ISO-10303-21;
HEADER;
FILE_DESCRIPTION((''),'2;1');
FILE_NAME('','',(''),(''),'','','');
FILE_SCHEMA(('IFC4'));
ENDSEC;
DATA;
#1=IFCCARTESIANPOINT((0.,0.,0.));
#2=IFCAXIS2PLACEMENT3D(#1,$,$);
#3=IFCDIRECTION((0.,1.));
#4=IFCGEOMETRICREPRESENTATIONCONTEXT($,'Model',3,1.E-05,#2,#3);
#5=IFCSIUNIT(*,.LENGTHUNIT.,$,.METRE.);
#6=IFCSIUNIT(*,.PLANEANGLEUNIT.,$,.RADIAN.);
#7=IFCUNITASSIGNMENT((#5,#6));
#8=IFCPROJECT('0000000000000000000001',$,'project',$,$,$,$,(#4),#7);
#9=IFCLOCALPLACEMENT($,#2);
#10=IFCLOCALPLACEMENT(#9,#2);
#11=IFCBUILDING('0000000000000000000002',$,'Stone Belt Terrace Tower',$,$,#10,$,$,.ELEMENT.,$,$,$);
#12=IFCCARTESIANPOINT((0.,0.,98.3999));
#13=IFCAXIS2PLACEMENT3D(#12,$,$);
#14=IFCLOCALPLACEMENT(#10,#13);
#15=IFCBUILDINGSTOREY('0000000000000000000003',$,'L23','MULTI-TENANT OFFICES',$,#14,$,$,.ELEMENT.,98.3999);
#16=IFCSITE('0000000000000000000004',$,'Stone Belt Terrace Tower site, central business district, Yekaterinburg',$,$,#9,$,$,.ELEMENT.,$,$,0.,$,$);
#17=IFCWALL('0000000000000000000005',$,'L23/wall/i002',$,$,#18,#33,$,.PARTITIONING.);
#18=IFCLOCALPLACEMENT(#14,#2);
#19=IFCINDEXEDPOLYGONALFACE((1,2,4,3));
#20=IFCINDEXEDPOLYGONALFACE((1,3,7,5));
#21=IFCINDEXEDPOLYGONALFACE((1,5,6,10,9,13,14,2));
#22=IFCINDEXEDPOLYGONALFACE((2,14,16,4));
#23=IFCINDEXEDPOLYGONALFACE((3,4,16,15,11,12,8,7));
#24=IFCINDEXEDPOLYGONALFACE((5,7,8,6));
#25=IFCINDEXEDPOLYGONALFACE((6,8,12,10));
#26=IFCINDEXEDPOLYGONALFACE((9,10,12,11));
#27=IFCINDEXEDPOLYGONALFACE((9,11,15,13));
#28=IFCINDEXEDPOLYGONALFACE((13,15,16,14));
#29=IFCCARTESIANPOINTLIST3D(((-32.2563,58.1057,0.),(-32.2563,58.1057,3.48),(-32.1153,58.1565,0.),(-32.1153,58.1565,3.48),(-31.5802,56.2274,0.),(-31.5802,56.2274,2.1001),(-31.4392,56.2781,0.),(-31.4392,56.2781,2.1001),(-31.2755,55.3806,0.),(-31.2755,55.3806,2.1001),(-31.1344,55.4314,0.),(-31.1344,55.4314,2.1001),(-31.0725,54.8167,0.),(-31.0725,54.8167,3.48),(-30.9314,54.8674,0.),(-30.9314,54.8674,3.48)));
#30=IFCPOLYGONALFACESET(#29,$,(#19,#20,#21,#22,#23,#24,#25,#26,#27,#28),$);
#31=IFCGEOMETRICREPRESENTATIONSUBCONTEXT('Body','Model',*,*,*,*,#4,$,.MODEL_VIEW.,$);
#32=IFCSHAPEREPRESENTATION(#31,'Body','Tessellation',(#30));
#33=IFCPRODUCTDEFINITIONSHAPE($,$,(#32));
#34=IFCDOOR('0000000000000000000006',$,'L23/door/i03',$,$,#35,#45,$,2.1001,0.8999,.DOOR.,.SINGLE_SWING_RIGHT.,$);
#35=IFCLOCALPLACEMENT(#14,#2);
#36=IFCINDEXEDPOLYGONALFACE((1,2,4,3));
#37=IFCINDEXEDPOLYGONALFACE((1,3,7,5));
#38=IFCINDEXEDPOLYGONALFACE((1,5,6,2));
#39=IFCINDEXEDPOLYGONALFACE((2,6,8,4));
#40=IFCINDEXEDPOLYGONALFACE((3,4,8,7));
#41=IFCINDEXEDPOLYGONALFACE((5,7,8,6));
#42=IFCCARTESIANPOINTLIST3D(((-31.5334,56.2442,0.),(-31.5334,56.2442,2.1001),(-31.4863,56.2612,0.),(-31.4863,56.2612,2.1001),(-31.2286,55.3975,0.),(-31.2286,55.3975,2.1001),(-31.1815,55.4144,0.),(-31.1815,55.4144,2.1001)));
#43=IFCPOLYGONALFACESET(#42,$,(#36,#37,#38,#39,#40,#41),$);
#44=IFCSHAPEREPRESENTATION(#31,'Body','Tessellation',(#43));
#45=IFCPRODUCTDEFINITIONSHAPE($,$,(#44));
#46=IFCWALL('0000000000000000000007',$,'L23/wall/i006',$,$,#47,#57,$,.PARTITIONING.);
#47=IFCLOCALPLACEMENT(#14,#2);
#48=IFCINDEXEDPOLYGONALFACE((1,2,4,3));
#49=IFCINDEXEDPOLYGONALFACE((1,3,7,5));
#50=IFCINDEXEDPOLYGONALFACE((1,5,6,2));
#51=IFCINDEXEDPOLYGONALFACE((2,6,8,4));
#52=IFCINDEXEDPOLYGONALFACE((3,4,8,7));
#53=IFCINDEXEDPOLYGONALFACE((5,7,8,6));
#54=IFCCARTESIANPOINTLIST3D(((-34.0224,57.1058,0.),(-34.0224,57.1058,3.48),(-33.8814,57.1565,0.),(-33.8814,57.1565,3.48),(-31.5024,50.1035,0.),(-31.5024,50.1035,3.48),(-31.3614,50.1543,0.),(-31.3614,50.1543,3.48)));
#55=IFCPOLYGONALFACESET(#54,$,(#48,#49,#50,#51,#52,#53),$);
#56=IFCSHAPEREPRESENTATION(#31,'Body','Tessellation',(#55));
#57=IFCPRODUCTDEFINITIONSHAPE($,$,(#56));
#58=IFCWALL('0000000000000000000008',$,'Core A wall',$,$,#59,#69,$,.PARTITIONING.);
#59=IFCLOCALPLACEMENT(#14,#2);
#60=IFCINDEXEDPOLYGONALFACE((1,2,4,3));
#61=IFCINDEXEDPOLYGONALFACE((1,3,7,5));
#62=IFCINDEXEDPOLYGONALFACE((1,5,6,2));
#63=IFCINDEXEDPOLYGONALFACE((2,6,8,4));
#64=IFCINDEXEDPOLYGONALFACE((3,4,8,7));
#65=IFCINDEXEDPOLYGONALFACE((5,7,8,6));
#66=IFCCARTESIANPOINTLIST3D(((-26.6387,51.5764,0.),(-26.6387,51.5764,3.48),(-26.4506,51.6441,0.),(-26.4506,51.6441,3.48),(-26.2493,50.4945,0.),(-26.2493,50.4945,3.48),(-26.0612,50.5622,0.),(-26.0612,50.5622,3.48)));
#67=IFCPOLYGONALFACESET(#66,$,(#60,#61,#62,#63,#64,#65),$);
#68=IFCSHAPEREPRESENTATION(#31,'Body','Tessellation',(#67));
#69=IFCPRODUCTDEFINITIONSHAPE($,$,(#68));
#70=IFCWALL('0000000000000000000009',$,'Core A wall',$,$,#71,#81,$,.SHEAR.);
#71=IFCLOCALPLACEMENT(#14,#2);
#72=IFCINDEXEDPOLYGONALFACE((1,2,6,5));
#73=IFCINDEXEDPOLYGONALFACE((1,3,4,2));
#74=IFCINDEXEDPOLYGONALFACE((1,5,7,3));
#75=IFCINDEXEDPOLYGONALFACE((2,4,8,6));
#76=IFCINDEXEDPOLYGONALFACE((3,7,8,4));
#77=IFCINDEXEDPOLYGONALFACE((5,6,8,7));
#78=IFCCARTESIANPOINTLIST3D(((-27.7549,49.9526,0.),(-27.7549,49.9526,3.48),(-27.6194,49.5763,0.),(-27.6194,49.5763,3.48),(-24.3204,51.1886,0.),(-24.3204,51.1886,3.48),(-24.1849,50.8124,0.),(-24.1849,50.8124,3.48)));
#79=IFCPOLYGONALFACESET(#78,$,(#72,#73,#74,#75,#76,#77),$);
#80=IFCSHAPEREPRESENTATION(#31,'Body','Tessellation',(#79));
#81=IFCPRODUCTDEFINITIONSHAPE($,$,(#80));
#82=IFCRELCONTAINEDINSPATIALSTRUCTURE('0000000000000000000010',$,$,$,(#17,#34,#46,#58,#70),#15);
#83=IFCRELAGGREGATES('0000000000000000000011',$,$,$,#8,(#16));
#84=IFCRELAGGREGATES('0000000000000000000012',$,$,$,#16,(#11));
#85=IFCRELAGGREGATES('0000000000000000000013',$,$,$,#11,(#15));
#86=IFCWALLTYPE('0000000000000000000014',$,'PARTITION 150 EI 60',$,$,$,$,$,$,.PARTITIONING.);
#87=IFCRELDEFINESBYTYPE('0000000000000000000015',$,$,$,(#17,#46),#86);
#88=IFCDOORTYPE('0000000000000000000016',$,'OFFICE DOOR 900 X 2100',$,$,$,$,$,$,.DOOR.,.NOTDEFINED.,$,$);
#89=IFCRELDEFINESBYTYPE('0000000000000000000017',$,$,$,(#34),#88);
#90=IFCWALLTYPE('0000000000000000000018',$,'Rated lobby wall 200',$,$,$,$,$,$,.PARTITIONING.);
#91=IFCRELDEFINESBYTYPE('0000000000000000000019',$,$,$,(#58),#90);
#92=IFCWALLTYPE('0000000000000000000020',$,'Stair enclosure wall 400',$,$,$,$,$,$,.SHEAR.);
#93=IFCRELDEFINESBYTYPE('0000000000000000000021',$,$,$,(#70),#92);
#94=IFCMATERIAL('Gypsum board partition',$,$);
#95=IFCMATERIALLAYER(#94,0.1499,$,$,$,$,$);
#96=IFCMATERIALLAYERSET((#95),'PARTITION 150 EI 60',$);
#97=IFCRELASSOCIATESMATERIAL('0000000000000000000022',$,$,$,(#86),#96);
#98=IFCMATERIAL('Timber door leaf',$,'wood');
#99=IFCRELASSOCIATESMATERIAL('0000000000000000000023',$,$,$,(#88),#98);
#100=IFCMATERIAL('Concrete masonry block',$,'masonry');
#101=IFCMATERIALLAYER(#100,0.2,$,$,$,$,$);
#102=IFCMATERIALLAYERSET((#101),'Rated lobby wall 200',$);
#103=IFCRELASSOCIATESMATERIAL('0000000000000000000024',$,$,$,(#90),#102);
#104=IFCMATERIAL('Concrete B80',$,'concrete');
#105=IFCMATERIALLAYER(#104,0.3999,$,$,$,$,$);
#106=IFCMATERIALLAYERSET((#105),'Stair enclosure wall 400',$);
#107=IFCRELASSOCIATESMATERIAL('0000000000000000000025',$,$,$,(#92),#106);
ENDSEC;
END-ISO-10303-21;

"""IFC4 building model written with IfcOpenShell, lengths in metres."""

from ifc_helpers import new_model, si_unit, direction, frame, frame_2d, origin, place, context, subcontext, project, spatial, rectangle, extrude, material, layer, layer_set, type_object, element, fill, save


model = new_model("IFC4")

# Units and contexts
model_context = context("Model", 3, precision=1e-05, world=origin(), true_north=direction((0.0, 1.0)))
body_context = subcontext(model_context, "Body", "Model", "MODEL_VIEW")
ifc_project = project(units=[si_unit("LENGTHUNIT", "METRE"), si_unit("PLANEANGLEUNIT", "RADIAN")], contexts=[model_context])

# Site, building, storey
site_placement = place(None, origin())
site = spatial("IfcSite", under=ifc_project, at=site_placement, Name="Stone Belt Terrace Tower site, central business district, Yekaterinburg", CompositionType="ELEMENT", RefElevation=0.0)
building_placement = place(site_placement, origin())
building = spatial("IfcBuilding", under=site, at=building_placement, Name="Stone Belt Terrace Tower", CompositionType="ELEMENT")
storey_placement = place(building_placement, frame((0.0, 0.0, 98.3999)))
storey = spatial("IfcBuildingStorey", under=building, at=storey_placement, Name="L23", Description="MULTI-TENANT OFFICES", CompositionType="ELEMENT", Elevation=98.3999)

# Shared definitions
ifc_material_1 = material(Name="Concrete B80", Category="concrete")

# Shared definitions
ifc_material_2 = material(Name="Timber door leaf", Category="wood")

# Wall, opening, door
ifc_material_3 = material(Name="Gypsum board partition")
ifc_layer_1 = layer(ifc_material_3, 0.1499)
ifc_layer_set_1 = layer_set([ifc_layer_1], Name="PARTITION 150 EI 60")
wall_type_1 = type_object("IfcWallType", Name="PARTITION 150 EI 60", PredefinedType="PARTITIONING", material=ifc_layer_set_1)
wall_1_placement = place(storey_placement, frame((-32.1858, 58.1311, 0.0), z_axis=(0.0, 0.0, 1.0), x_axis=(0.338663, -0.940908, 0.0)))
wall_1 = element("IfcWall", 1, at=wall_1_placement, inside=storey, type_object=wall_type_1, Name="L23/wall/i002", PredefinedType="PARTITIONING", context=body_context, shape_type="SweptSolid", body=[
    extrude(rectangle(XDim=3.4956, YDim=0.1499, at=frame_2d((1.7478, 0.0))), origin(), (0.0, 0.0, 1.0), 3.48),
])
opening_1_placement = place(wall_1_placement, frame((1.9963, 0.0, 0.0)))
opening_1 = element("IfcOpeningElement", 2, at=opening_1_placement, cuts=wall_1, PredefinedType="OPENING", context=body_context, shape_type="SweptSolid", body=[
    extrude(rectangle(XDim=0.8999, YDim=2.1001, at=frame_2d((0.45, 1.05))), frame((0.0, 0.085, 0.0), z_axis=(0.0, -1.0, 0.0), x_axis=(1.0, 0.0, 0.0)), (0.0, 0.0, 1.0), 0.1699),
])
door_type_1 = type_object("IfcDoorType", Name="OFFICE DOOR 900 X 2100", OperationType="NOTDEFINED", PredefinedType="DOOR", material=ifc_material_2)
door_1_placement = place(opening_1_placement, origin())
door_1 = element("IfcDoor", 3, at=door_1_placement, inside=storey, type_object=door_type_1, Name="L23/door/i03", OperationType="SINGLE_SWING_RIGHT", OverallHeight=2.1001, OverallWidth=0.8999, PredefinedType="DOOR", context=body_context, shape_type="SweptSolid", body=[
    extrude(rectangle(XDim=0.8999, YDim=2.1001, at=frame_2d((0.45, 1.05))), frame((0.0, 0.0249, 0.0), z_axis=(0.0, -1.0, 0.0), x_axis=(1.0, 0.0, 0.0)), (0.0, 0.0, 1.0), 0.05),
])
fill(opening_1, door_1)

# Walls
wall_2_placement = place(storey_placement, frame((-31.4319, 50.1289, 0.0), z_axis=(0.0, 0.0, 1.0), x_axis=(-0.338628, 0.94092, 0.0)))
element("IfcWall", 4, at=wall_2_placement, inside=storey, type_object=wall_type_1, Name="L23/wall/i006", PredefinedType="PARTITIONING", context=body_context, shape_type="SweptSolid", body=[
    extrude(rectangle(XDim=7.4419, YDim=0.1499, at=frame_2d((3.7209, 0.0))), origin(), (0.0, 0.0, 1.0), 3.48),
])
ifc_material_4 = material(Name="Concrete masonry block", Category="masonry")
ifc_layer_2 = layer(ifc_material_4, 0.2)
ifc_layer_set_2 = layer_set([ifc_layer_2], Name="Rated lobby wall 200")
wall_type_2 = type_object("IfcWallType", Name="Rated lobby wall 200", PredefinedType="PARTITIONING", material=ifc_layer_set_2)
wall_3_placement = place(storey_placement, frame((-26.1553, 50.5283, 0.0), z_axis=(0.0, 0.0, 1.0), x_axis=(-0.338622, 0.940923, 0.0)))
element("IfcWall", 5, at=wall_3_placement, inside=storey, type_object=wall_type_2, Name="Core A wall", PredefinedType="PARTITIONING", context=body_context, shape_type="SweptSolid", body=[
    extrude(rectangle(XDim=1.1499, YDim=0.2, at=frame_2d((0.575, 0.0))), origin(), (0.0, 0.0, 1.0), 3.48),
])
ifc_layer_3 = layer(ifc_material_1, 0.3999)
ifc_layer_set_3 = layer_set([ifc_layer_3], Name="Stair enclosure wall 400")
wall_type_3 = type_object("IfcWallType", Name="Stair enclosure wall 400", PredefinedType="SHEAR", material=ifc_layer_set_3)
wall_4_placement = place(storey_placement, frame((-27.6873, 49.7644, 0.0), z_axis=(0.0, 0.0, 1.0), x_axis=(0.940919, 0.338632, 0.0)))
element("IfcWall", 6, at=wall_4_placement, inside=storey, type_object=wall_type_3, Name="Core A wall", PredefinedType="SHEAR", context=body_context, shape_type="SweptSolid", body=[
    extrude(rectangle(XDim=3.6501, YDim=0.3999, at=frame_2d((1.8252, 0.0))), origin(), (0.0, 0.0, 1.0), 3.48),
])

save(model, "model.ifc")
